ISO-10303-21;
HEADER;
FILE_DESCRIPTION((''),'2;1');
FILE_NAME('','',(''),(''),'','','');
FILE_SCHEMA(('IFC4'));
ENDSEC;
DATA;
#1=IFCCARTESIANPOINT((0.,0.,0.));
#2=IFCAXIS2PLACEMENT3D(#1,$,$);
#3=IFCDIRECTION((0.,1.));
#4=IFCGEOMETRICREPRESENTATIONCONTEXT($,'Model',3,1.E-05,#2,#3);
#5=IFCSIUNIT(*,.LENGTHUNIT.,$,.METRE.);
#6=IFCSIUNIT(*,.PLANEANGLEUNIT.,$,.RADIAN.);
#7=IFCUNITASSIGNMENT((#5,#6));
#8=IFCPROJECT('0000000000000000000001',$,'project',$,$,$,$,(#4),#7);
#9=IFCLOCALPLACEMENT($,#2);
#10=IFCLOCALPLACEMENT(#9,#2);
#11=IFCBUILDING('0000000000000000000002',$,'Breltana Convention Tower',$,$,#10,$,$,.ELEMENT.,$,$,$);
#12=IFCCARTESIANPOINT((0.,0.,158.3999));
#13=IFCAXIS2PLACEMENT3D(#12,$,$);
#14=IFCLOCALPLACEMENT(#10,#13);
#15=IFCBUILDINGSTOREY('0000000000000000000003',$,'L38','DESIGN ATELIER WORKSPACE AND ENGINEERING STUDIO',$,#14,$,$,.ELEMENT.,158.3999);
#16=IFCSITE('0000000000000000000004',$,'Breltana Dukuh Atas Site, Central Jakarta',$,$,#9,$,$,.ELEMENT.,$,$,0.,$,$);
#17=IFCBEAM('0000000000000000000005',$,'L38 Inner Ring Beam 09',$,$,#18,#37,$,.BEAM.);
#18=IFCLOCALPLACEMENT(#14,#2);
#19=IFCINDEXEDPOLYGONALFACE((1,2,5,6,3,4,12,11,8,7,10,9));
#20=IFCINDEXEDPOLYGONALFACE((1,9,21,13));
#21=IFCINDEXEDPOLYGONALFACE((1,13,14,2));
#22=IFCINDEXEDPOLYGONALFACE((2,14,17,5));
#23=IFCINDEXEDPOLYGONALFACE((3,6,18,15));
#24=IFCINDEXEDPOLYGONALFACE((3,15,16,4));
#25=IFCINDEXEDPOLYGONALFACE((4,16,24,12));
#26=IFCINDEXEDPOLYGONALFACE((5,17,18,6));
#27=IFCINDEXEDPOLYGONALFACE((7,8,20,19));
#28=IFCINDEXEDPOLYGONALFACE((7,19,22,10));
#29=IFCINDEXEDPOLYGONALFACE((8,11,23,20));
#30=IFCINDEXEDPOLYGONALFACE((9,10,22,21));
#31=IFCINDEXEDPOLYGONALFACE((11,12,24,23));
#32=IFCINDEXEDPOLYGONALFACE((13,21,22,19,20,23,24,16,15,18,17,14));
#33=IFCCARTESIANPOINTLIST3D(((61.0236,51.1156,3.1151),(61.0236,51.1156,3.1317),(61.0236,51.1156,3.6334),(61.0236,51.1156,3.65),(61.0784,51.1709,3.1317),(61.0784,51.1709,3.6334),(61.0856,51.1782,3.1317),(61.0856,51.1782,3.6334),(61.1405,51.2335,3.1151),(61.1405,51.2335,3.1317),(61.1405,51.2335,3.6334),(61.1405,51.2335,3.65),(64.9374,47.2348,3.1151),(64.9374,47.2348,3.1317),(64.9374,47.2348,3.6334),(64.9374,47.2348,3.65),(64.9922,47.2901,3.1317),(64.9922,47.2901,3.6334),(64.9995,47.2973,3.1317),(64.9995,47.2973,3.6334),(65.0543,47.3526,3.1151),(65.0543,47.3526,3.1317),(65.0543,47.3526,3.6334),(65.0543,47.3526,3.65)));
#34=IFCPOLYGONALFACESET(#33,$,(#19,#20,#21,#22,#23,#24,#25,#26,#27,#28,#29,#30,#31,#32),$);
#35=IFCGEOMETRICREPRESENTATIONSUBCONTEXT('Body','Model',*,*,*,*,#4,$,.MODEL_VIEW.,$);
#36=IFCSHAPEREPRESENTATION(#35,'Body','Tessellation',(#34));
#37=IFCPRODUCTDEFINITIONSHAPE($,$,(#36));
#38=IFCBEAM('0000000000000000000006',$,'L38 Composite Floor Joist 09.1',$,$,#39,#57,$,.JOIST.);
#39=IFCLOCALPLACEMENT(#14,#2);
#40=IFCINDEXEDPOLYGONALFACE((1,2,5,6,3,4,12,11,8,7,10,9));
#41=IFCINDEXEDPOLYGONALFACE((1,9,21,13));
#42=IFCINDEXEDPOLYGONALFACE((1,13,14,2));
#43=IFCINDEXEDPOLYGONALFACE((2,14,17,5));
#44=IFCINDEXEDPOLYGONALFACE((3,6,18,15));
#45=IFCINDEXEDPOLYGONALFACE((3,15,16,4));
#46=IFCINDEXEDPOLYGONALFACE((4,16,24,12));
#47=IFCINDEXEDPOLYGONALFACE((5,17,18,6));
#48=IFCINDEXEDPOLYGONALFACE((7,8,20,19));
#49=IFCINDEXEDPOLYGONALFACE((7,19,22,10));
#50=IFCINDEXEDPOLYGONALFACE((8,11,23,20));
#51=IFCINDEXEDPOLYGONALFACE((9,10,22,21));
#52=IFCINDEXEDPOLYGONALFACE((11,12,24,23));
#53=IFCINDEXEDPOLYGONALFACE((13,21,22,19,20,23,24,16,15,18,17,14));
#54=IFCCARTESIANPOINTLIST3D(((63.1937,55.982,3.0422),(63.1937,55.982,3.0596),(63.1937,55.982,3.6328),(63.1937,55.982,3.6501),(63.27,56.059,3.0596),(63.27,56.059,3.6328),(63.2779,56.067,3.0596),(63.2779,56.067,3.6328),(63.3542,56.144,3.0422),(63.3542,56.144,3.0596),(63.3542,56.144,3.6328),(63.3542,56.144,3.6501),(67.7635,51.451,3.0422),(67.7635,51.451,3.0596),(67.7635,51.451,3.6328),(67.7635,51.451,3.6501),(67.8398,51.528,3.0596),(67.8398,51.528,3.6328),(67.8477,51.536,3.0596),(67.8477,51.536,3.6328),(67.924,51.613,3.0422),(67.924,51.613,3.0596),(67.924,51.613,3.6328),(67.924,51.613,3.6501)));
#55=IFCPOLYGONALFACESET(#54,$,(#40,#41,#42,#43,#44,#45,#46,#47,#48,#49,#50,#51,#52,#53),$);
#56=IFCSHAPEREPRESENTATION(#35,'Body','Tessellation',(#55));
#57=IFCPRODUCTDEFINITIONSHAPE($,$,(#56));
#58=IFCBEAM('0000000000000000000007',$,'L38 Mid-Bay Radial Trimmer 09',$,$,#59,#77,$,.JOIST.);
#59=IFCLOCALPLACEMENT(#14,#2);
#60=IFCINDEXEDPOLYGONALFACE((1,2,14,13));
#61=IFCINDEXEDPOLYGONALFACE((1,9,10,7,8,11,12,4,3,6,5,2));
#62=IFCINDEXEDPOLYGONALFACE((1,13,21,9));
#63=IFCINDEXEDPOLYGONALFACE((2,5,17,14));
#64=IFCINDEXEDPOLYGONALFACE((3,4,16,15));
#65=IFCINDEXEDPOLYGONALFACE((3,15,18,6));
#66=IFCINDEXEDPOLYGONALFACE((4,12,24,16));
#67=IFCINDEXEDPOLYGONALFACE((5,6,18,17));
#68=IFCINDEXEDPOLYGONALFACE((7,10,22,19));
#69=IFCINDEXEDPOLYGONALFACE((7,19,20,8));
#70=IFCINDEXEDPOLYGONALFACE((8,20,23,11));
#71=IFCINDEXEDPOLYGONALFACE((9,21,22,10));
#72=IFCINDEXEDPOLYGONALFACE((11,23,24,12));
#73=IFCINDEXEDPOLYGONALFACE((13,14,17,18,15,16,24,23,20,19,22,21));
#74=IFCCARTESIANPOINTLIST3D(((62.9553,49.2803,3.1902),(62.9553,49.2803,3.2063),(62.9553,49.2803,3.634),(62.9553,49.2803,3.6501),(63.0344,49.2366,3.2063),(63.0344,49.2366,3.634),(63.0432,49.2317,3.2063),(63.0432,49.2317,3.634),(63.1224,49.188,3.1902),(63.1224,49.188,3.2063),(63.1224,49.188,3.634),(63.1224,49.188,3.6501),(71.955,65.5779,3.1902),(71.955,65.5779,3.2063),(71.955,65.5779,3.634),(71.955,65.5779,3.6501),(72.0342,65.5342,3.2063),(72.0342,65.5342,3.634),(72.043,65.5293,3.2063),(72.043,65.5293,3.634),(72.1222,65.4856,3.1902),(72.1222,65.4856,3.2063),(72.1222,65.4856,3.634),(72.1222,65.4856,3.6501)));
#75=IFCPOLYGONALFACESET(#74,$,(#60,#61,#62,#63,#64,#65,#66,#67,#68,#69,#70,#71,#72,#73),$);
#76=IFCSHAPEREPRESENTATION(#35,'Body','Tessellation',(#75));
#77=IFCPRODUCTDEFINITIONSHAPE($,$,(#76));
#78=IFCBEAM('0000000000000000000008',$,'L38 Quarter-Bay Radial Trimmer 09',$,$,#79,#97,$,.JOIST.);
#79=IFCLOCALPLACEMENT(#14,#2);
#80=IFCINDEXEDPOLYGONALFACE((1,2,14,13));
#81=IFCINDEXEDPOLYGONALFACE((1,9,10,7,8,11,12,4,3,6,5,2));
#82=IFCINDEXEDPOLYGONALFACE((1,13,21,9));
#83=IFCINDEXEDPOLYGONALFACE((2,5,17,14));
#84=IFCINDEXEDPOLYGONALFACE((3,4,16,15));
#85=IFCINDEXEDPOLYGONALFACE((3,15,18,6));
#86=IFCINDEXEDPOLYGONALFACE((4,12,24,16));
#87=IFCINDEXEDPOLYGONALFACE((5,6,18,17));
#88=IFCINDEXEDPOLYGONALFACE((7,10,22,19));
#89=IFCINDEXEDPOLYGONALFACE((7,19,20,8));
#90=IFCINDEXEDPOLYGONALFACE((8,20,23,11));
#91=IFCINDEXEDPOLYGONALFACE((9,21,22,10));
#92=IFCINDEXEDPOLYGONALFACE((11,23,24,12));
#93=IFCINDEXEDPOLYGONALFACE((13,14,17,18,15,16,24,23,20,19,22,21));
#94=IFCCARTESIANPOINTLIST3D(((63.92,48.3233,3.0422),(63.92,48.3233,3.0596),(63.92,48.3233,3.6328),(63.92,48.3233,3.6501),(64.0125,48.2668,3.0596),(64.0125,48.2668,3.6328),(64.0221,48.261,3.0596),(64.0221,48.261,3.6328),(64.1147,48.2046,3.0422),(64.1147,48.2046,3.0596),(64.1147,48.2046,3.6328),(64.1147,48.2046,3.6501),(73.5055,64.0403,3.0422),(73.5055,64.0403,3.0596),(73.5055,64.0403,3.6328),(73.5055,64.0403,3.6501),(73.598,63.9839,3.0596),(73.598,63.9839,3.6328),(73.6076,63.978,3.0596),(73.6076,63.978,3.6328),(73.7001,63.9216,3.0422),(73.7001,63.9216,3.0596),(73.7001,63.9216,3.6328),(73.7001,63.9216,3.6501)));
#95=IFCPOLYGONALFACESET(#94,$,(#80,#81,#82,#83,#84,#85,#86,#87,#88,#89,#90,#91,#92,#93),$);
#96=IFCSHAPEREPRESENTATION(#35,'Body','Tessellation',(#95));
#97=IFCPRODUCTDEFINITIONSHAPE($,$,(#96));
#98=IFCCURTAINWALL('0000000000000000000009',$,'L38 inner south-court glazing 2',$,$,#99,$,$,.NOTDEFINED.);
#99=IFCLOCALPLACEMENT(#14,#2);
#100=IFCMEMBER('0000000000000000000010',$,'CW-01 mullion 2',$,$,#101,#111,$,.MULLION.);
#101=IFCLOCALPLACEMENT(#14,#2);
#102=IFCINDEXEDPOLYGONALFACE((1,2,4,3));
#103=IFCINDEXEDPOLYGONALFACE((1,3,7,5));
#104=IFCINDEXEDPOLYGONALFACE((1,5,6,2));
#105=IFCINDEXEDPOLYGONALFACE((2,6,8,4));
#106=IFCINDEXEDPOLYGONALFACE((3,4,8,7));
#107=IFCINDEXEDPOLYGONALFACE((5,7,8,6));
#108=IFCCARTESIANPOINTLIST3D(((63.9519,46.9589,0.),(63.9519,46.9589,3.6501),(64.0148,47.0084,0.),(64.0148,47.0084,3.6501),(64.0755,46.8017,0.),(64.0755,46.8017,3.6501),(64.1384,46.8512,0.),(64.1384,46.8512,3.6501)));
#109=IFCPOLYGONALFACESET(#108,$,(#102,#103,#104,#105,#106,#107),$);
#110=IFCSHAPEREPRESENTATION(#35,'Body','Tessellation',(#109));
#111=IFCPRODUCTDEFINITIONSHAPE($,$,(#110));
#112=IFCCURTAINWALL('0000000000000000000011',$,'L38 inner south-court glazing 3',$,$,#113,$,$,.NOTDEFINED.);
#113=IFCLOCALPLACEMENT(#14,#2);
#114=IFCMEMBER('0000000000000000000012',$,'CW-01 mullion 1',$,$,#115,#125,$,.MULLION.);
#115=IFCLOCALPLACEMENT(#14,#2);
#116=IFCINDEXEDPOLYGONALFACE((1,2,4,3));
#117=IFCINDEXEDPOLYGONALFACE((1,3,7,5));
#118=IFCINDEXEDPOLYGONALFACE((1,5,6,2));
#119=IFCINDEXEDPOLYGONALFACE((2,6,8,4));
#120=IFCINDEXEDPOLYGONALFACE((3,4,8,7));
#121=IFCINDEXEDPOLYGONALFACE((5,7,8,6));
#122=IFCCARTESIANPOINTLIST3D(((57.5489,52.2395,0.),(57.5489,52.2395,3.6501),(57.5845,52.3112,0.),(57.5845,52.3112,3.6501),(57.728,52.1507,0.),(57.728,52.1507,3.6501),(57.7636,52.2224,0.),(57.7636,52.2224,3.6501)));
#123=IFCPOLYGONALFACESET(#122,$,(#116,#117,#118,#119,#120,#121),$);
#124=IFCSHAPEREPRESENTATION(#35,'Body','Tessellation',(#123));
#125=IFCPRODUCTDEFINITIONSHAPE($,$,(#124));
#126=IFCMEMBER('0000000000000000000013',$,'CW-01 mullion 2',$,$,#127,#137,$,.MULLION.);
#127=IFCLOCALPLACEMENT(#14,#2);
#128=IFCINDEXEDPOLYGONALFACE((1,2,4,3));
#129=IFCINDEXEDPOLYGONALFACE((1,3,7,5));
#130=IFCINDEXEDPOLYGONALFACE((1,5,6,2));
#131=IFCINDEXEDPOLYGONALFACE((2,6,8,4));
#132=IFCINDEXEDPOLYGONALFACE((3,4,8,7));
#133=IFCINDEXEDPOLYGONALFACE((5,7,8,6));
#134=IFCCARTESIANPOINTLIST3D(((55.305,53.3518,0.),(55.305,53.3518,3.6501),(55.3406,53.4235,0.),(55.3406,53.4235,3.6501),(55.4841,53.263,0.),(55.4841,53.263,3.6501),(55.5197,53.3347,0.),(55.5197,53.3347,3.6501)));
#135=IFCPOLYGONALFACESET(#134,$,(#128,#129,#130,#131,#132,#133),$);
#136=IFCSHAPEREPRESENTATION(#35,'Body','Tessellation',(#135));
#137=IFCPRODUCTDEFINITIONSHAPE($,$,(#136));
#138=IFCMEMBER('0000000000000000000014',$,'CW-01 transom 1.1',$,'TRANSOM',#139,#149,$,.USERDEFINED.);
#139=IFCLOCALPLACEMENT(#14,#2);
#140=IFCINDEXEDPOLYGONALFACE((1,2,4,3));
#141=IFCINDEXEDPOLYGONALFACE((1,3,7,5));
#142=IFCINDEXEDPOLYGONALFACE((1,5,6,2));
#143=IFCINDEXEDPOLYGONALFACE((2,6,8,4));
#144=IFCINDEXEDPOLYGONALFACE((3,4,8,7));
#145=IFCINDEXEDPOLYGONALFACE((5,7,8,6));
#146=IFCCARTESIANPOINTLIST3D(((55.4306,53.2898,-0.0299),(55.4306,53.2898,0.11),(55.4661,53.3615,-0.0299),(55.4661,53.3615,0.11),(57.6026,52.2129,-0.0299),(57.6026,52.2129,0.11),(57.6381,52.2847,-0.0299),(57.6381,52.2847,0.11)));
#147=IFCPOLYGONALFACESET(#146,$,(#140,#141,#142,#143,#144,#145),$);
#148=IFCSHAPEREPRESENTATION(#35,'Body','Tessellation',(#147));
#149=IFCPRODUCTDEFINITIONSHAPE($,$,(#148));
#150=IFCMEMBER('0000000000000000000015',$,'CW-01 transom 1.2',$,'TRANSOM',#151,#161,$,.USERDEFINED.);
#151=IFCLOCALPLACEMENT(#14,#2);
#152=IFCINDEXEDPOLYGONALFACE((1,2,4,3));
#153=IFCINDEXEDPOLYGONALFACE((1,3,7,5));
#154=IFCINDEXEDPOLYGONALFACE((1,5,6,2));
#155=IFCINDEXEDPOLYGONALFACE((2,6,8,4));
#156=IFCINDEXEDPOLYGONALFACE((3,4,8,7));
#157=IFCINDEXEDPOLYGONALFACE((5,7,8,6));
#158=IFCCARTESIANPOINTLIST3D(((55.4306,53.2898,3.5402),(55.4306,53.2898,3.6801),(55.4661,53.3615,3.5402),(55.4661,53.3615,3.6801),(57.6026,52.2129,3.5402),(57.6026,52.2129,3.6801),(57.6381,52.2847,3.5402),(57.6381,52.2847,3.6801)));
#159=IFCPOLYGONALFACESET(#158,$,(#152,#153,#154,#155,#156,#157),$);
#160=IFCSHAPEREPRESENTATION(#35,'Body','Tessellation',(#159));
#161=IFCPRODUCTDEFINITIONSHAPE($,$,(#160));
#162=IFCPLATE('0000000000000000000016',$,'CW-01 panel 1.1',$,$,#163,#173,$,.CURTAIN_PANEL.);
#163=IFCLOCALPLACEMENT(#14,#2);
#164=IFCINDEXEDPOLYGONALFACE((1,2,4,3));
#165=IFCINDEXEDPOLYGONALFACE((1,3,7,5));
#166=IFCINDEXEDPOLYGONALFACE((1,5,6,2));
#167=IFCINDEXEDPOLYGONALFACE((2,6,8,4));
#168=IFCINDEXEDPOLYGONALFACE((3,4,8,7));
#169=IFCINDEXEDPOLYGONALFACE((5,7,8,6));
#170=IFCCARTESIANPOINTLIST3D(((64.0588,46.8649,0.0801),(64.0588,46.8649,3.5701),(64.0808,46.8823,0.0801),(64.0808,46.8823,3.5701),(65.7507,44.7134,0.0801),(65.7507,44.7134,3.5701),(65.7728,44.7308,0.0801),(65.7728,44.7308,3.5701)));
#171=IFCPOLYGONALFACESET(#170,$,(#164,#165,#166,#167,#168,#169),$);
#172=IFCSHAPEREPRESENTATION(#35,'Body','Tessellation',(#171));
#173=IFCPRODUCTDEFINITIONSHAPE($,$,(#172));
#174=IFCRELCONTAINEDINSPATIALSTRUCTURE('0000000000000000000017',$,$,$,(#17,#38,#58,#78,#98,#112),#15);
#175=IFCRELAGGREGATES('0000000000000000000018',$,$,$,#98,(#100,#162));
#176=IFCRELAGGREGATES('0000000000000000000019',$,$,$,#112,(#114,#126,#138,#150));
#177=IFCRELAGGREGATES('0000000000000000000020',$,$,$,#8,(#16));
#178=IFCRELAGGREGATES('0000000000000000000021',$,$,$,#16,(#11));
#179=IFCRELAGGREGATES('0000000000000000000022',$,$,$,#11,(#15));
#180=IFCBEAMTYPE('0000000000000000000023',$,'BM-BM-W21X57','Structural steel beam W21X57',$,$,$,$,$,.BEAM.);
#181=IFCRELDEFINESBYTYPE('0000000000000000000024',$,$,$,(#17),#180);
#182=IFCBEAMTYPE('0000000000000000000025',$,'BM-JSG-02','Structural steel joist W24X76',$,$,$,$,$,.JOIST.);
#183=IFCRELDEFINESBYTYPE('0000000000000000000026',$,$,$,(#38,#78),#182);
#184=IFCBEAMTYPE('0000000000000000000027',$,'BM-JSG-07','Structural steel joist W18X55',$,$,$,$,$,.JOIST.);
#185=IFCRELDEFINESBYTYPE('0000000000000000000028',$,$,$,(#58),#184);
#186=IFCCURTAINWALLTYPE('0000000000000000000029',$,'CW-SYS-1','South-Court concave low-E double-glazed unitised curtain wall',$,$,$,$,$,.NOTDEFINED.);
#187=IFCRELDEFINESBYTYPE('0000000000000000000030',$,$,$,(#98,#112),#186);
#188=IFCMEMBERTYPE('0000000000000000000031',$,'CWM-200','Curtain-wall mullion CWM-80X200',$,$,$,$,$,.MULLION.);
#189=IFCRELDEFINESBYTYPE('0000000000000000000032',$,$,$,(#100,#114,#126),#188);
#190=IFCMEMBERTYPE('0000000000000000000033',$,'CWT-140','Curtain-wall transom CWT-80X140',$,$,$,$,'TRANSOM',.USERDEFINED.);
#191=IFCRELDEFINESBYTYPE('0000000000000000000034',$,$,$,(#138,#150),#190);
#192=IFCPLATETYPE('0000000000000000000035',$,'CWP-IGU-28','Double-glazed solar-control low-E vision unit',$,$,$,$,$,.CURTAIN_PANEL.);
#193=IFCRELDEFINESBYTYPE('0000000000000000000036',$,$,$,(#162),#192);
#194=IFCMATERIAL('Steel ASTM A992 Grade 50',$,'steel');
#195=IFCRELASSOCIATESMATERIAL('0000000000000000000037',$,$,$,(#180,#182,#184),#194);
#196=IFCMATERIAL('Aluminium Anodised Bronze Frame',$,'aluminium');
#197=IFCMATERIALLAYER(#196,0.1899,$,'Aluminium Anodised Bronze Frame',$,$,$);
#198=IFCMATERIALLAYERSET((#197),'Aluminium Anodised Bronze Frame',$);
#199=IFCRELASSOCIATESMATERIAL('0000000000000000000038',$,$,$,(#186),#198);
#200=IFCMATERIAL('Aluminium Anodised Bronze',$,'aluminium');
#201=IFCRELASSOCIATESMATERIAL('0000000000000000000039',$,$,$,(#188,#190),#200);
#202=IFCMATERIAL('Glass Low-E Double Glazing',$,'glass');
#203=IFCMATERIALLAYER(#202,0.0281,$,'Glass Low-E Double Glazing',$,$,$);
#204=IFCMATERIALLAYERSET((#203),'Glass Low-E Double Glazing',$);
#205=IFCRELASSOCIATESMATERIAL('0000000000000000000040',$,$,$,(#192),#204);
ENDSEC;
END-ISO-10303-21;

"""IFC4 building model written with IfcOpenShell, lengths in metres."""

from ifc_helpers import new_model, si_unit, direction, frame, origin, origin_2d, place, context, subcontext, project, spatial, rectangle, i_section, extrude, source, transform, mapped, material, layer, layer_set, material_profile, profile_set, type_object, element, aggregate, save


model = new_model("IFC4")

# Units and contexts
model_context = context("Model", 3, precision=1e-05, world=origin(), true_north=direction((0.0, 1.0)))
body_context = subcontext(model_context, "Body", "Model", "MODEL_VIEW")
ifc_project = project(units=[si_unit("LENGTHUNIT", "METRE"), si_unit("PLANEANGLEUNIT", "RADIAN")], contexts=[model_context])

# Site, building, storey
site_placement = place(None, origin())
site = spatial("IfcSite", under=ifc_project, at=site_placement, Name="Breltana Dukuh Atas Site, Central Jakarta", CompositionType="ELEMENT", RefElevation=0.0)
building_placement = place(site_placement, origin())
building = spatial("IfcBuilding", under=site, at=building_placement, Name="Breltana Convention Tower", CompositionType="ELEMENT")
storey_placement = place(building_placement, frame((0.0, 0.0, 158.3999)))
storey = spatial("IfcBuildingStorey", under=building, at=storey_placement, Name="L38", Description="DESIGN ATELIER WORKSPACE AND ENGINEERING STUDIO", CompositionType="ELEMENT", Elevation=158.3999)

# Beams
ifc_material_1 = material(Name="Steel ASTM A992 Grade 50", Category="steel")
ifc_material_profile_1 = material_profile(ifc_material_1, i_section(OverallWidth=0.166, OverallDepth=0.5349, WebThickness=0.0103, FlangeThickness=0.0166, at=origin_2d()), Name="W21X57")
ifc_profile_set_1 = profile_set([ifc_material_profile_1], Name="Steel ASTM A992 Grade 50")
beam_type_1 = type_object("IfcBeamType", Name="BM-BM-W21X57", Description="Structural steel beam W21X57", PredefinedType="BEAM", material=ifc_profile_set_1)
shared_shape_1 = source(origin(), body_context, "Body", "SweptSolid", [
    extrude(i_section(OverallWidth=0.166, OverallDepth=0.5349, WebThickness=0.0103, FlangeThickness=0.0166, at=origin_2d()), origin(), (0.0, 0.0, 1.0), 5.5117),
])
beam_1_placement = place(storey_placement, frame((61.082, 51.1746, 3.3826), z_axis=(0.71009, -0.704111, 0.0), x_axis=(0.704111, 0.71009, 0.0)))
element("IfcBeam", 1, at=beam_1_placement, inside=storey, type_object=beam_type_1, Name="L38 Inner Ring Beam 09", PredefinedType="BEAM", context=body_context, shape_type="MappedRepresentation", body=[
    mapped(shared_shape_1, transform((0.0, 0.0, 0.0), scale=1.0)),
])
ifc_material_profile_2 = material_profile(ifc_material_1, i_section(OverallWidth=0.228, OverallDepth=0.6079, WebThickness=0.0112, FlangeThickness=0.0173, at=origin_2d()), Name="W24X76")
ifc_profile_set_2 = profile_set([ifc_material_profile_2], Name="Steel ASTM A992 Grade 50")
beam_type_2 = type_object("IfcBeamType", Name="BM-JSG-02", Description="Structural steel joist W24X76", PredefinedType="JOIST", material=ifc_profile_set_2)
shared_shape_2 = source(origin(), body_context, "Body", "SweptSolid", [
    extrude(i_section(OverallWidth=0.228, OverallDepth=0.6079, WebThickness=0.0112, FlangeThickness=0.0173, at=origin_2d()), origin(), (0.0, 0.0, 1.0), 6.4353),
])
beam_2_placement = place(storey_placement, frame((63.2739, 56.063, 3.3462), z_axis=(0.710116, -0.704084, 0.0), x_axis=(0.704084, 0.710116, 0.0)))
element("IfcBeam", 2, at=beam_2_placement, inside=storey, type_object=beam_type_2, Name="L38 Composite Floor Joist 09.1", PredefinedType="JOIST", context=body_context, shape_type="MappedRepresentation", body=[
    mapped(shared_shape_2, transform((0.0, 0.0, 0.0), scale=1.0)),
])
ifc_material_profile_3 = material_profile(ifc_material_1, i_section(OverallWidth=0.1909, OverallDepth=0.46, WebThickness=0.01, FlangeThickness=0.0161, at=origin_2d()), Name="W18X55")
ifc_profile_set_3 = profile_set([ifc_material_profile_3], Name="Steel ASTM A992 Grade 50")
beam_type_3 = type_object("IfcBeamType", Name="BM-JSG-07", Description="Structural steel joist W18X55", PredefinedType="JOIST", material=ifc_profile_set_3)
shared_shape_3 = source(origin(), body_context, "Body", "SweptSolid", [
    extrude(i_section(OverallWidth=0.1909, OverallDepth=0.46, WebThickness=0.01, FlangeThickness=0.0161, at=origin_2d()), origin(), (0.0, 0.0, 1.0), 18.6174),
])
beam_3_placement = place(storey_placement, frame((63.0388, 49.2341, 3.4202), z_axis=(0.483406, 0.875396, 0.0), x_axis=(-0.875396, 0.483406, 0.0)))
element("IfcBeam", 3, at=beam_3_placement, inside=storey, type_object=beam_type_3, Name="L38 Mid-Bay Radial Trimmer 09", PredefinedType="JOIST", context=body_context, shape_type="MappedRepresentation", body=[
    mapped(shared_shape_3, transform((0.0, 0.0, 0.0), scale=1.0)),
])
shared_shape_4 = source(origin(), body_context, "Body", "SweptSolid", [
    extrude(i_section(OverallWidth=0.228, OverallDepth=0.6079, WebThickness=0.0112, FlangeThickness=0.0173, at=origin_2d()), origin(), (0.0, 0.0, 1.0), 18.4094),
])
beam_4_placement = place(storey_placement, frame((64.0173, 48.2639, 3.3462), z_axis=(0.520682, 0.853751, 0.0), x_axis=(-0.853751, 0.520682, 0.0)))
element("IfcBeam", 4, at=beam_4_placement, inside=storey, type_object=beam_type_2, Name="L38 Quarter-Bay Radial Trimmer 09", PredefinedType="JOIST", context=body_context, shape_type="MappedRepresentation", body=[
    mapped(shared_shape_4, transform((0.0, 0.0, 0.0), scale=1.0)),
])

# Curtain wall, member
ifc_material_2 = material(Name="Aluminium Anodised Bronze Frame", Category="aluminium")
ifc_layer_1 = layer(ifc_material_2, 0.1899, Name="Aluminium Anodised Bronze Frame")
ifc_layer_set_1 = layer_set([ifc_layer_1], Name="Aluminium Anodised Bronze Frame")
curtain_wall_type = type_object("IfcCurtainWallType", Name="CW-SYS-1", Description="South-Court concave low-E double-glazed unitised curtain wall", PredefinedType="NOTDEFINED", material=ifc_layer_set_1)
curtain_wall_1_placement = place(storey_placement, origin())
curtain_wall_1 = element("IfcCurtainWall", 5, at=curtain_wall_1_placement, inside=storey, type_object=curtain_wall_type, Name="L38 inner south-court glazing 2", PredefinedType="NOTDEFINED")
ifc_material_3 = material(Name="Aluminium Anodised Bronze", Category="aluminium")
ifc_material_profile_4 = material_profile(ifc_material_3, rectangle(XDim=0.0801, YDim=0.2, at=origin_2d()), Name="CWM-80X200")
ifc_profile_set_4 = profile_set([ifc_material_profile_4], Name="Aluminium Anodised Bronze")
member_type_1 = type_object("IfcMemberType", Name="CWM-200", Description="Curtain-wall mullion CWM-80X200", PredefinedType="MULLION", material=ifc_profile_set_4)
shared_shape_5 = source(origin(), body_context, "Body", "SweptSolid", [
    extrude(rectangle(XDim=0.0801, YDim=0.2, at=origin_2d()), origin(), (0.0, 0.0, 1.0), 3.6501),
])
member_1_placement = place(storey_placement, frame((64.0452, 46.905, 0.0), z_axis=(0.0, 0.0, 1.0), x_axis=(-0.786051, -0.618161, 0.0)))
member_1 = element("IfcMember", 6, at=member_1_placement, type_object=member_type_1, Name="CW-01 mullion 2", PredefinedType="MULLION", context=body_context, shape_type="MappedRepresentation", body=[
    mapped(shared_shape_5, transform((0.0, 0.0, 0.0), scale=1.0)),
])

# Curtain wall, members
curtain_wall_2_placement = place(storey_placement, origin())
curtain_wall_2 = element("IfcCurtainWall", 7, at=curtain_wall_2_placement, inside=storey, type_object=curtain_wall_type, Name="L38 inner south-court glazing 3", PredefinedType="NOTDEFINED")
member_2_placement = place(storey_placement, frame((57.6562, 52.231, 0.0), z_axis=(0.0, 0.0, 1.0), x_axis=(-0.444115, -0.89597, 0.0)))
member_2 = element("IfcMember", 8, at=member_2_placement, type_object=member_type_1, Name="CW-01 mullion 1", PredefinedType="MULLION", context=body_context, shape_type="MappedRepresentation", body=[
    mapped(shared_shape_5, transform((0.0, 0.0, 0.0), scale=1.0)),
])
member_3_placement = place(storey_placement, frame((55.4124, 53.3433, 0.0), z_axis=(0.0, 0.0, 1.0), x_axis=(-0.444115, -0.89597, 0.0)))
member_3 = element("IfcMember", 9, at=member_3_placement, type_object=member_type_1, Name="CW-01 mullion 2", PredefinedType="MULLION", context=body_context, shape_type="MappedRepresentation", body=[
    mapped(shared_shape_5, transform((0.0, 0.0, 0.0), scale=1.0)),
])
ifc_material_profile_5 = material_profile(ifc_material_3, rectangle(XDim=0.0801, YDim=0.1399, at=origin_2d()), Name="CWT-80X140")
ifc_profile_set_5 = profile_set([ifc_material_profile_5], Name="Aluminium Anodised Bronze")
member_type_2 = type_object("IfcMemberType", Name="CWT-140", Description="Curtain-wall transom CWT-80X140", ElementType="TRANSOM", PredefinedType="USERDEFINED", material=ifc_profile_set_5)
shared_shape_6 = source(origin(), body_context, "Body", "SweptSolid", [
    extrude(rectangle(XDim=0.0801, YDim=0.1399, at=origin_2d()), origin(), (0.0, 0.0, 1.0), 2.4243),
])
member_4_placement = place(storey_placement, frame((57.6204, 52.2488, 0.04), z_axis=(-0.895933, 0.44419, 0.0), x_axis=(-0.44419, -0.895933, 0.0)))
member_4 = element("IfcMember", 10, at=member_4_placement, type_object=member_type_2, Name="CW-01 transom 1.1", ObjectType="TRANSOM", PredefinedType="USERDEFINED", context=body_context, shape_type="MappedRepresentation", body=[
    mapped(shared_shape_6, transform((0.0, 0.0, 0.0), scale=1.0)),
])
member_5_placement = place(storey_placement, frame((57.6204, 52.2488, 3.6101), z_axis=(-0.895933, 0.44419, 0.0), x_axis=(-0.44419, -0.895933, 0.0)))
member_5 = element("IfcMember", 11, at=member_5_placement, type_object=member_type_2, Name="CW-01 transom 1.2", ObjectType="TRANSOM", PredefinedType="USERDEFINED", context=body_context, shape_type="MappedRepresentation", body=[
    mapped(shared_shape_6, transform((0.0, 0.0, 0.0), scale=1.0)),
])

# Plate
ifc_material_4 = material(Name="Glass Low-E Double Glazing", Category="glass")
ifc_layer_2 = layer(ifc_material_4, 0.0281, Name="Glass Low-E Double Glazing")
ifc_layer_set_2 = layer_set([ifc_layer_2], Name="Glass Low-E Double Glazing")
plate_type = type_object("IfcPlateType", Name="CWP-IGU-28", Description="Double-glazed solar-control low-E vision unit", PredefinedType="CURTAIN_PANEL", material=ifc_layer_set_2)
shared_shape_7 = source(origin(), body_context, "Body", "SweptSolid", [
    extrude(rectangle(XDim=2.7371, YDim=0.0281, at=origin_2d()), origin(), (0.0, 0.0, 1.0), 3.49),
])
plate_1_placement = place(storey_placement, frame((64.9158, 45.7979, 0.0801), z_axis=(0.0, 0.0, 1.0), x_axis=(-0.618161, 0.786051, 0.0)))
plate_1 = element("IfcPlate", 12, at=plate_1_placement, type_object=plate_type, Name="CW-01 panel 1.1", PredefinedType="CURTAIN_PANEL", context=body_context, shape_type="MappedRepresentation", body=[
    mapped(shared_shape_7, transform((0.0, 0.0, 0.0), scale=1.0)),
])
aggregate(curtain_wall_1, [member_1, plate_1])
aggregate(curtain_wall_2, [member_2, member_3, member_4, member_5])

save(model, "model.ifc")
